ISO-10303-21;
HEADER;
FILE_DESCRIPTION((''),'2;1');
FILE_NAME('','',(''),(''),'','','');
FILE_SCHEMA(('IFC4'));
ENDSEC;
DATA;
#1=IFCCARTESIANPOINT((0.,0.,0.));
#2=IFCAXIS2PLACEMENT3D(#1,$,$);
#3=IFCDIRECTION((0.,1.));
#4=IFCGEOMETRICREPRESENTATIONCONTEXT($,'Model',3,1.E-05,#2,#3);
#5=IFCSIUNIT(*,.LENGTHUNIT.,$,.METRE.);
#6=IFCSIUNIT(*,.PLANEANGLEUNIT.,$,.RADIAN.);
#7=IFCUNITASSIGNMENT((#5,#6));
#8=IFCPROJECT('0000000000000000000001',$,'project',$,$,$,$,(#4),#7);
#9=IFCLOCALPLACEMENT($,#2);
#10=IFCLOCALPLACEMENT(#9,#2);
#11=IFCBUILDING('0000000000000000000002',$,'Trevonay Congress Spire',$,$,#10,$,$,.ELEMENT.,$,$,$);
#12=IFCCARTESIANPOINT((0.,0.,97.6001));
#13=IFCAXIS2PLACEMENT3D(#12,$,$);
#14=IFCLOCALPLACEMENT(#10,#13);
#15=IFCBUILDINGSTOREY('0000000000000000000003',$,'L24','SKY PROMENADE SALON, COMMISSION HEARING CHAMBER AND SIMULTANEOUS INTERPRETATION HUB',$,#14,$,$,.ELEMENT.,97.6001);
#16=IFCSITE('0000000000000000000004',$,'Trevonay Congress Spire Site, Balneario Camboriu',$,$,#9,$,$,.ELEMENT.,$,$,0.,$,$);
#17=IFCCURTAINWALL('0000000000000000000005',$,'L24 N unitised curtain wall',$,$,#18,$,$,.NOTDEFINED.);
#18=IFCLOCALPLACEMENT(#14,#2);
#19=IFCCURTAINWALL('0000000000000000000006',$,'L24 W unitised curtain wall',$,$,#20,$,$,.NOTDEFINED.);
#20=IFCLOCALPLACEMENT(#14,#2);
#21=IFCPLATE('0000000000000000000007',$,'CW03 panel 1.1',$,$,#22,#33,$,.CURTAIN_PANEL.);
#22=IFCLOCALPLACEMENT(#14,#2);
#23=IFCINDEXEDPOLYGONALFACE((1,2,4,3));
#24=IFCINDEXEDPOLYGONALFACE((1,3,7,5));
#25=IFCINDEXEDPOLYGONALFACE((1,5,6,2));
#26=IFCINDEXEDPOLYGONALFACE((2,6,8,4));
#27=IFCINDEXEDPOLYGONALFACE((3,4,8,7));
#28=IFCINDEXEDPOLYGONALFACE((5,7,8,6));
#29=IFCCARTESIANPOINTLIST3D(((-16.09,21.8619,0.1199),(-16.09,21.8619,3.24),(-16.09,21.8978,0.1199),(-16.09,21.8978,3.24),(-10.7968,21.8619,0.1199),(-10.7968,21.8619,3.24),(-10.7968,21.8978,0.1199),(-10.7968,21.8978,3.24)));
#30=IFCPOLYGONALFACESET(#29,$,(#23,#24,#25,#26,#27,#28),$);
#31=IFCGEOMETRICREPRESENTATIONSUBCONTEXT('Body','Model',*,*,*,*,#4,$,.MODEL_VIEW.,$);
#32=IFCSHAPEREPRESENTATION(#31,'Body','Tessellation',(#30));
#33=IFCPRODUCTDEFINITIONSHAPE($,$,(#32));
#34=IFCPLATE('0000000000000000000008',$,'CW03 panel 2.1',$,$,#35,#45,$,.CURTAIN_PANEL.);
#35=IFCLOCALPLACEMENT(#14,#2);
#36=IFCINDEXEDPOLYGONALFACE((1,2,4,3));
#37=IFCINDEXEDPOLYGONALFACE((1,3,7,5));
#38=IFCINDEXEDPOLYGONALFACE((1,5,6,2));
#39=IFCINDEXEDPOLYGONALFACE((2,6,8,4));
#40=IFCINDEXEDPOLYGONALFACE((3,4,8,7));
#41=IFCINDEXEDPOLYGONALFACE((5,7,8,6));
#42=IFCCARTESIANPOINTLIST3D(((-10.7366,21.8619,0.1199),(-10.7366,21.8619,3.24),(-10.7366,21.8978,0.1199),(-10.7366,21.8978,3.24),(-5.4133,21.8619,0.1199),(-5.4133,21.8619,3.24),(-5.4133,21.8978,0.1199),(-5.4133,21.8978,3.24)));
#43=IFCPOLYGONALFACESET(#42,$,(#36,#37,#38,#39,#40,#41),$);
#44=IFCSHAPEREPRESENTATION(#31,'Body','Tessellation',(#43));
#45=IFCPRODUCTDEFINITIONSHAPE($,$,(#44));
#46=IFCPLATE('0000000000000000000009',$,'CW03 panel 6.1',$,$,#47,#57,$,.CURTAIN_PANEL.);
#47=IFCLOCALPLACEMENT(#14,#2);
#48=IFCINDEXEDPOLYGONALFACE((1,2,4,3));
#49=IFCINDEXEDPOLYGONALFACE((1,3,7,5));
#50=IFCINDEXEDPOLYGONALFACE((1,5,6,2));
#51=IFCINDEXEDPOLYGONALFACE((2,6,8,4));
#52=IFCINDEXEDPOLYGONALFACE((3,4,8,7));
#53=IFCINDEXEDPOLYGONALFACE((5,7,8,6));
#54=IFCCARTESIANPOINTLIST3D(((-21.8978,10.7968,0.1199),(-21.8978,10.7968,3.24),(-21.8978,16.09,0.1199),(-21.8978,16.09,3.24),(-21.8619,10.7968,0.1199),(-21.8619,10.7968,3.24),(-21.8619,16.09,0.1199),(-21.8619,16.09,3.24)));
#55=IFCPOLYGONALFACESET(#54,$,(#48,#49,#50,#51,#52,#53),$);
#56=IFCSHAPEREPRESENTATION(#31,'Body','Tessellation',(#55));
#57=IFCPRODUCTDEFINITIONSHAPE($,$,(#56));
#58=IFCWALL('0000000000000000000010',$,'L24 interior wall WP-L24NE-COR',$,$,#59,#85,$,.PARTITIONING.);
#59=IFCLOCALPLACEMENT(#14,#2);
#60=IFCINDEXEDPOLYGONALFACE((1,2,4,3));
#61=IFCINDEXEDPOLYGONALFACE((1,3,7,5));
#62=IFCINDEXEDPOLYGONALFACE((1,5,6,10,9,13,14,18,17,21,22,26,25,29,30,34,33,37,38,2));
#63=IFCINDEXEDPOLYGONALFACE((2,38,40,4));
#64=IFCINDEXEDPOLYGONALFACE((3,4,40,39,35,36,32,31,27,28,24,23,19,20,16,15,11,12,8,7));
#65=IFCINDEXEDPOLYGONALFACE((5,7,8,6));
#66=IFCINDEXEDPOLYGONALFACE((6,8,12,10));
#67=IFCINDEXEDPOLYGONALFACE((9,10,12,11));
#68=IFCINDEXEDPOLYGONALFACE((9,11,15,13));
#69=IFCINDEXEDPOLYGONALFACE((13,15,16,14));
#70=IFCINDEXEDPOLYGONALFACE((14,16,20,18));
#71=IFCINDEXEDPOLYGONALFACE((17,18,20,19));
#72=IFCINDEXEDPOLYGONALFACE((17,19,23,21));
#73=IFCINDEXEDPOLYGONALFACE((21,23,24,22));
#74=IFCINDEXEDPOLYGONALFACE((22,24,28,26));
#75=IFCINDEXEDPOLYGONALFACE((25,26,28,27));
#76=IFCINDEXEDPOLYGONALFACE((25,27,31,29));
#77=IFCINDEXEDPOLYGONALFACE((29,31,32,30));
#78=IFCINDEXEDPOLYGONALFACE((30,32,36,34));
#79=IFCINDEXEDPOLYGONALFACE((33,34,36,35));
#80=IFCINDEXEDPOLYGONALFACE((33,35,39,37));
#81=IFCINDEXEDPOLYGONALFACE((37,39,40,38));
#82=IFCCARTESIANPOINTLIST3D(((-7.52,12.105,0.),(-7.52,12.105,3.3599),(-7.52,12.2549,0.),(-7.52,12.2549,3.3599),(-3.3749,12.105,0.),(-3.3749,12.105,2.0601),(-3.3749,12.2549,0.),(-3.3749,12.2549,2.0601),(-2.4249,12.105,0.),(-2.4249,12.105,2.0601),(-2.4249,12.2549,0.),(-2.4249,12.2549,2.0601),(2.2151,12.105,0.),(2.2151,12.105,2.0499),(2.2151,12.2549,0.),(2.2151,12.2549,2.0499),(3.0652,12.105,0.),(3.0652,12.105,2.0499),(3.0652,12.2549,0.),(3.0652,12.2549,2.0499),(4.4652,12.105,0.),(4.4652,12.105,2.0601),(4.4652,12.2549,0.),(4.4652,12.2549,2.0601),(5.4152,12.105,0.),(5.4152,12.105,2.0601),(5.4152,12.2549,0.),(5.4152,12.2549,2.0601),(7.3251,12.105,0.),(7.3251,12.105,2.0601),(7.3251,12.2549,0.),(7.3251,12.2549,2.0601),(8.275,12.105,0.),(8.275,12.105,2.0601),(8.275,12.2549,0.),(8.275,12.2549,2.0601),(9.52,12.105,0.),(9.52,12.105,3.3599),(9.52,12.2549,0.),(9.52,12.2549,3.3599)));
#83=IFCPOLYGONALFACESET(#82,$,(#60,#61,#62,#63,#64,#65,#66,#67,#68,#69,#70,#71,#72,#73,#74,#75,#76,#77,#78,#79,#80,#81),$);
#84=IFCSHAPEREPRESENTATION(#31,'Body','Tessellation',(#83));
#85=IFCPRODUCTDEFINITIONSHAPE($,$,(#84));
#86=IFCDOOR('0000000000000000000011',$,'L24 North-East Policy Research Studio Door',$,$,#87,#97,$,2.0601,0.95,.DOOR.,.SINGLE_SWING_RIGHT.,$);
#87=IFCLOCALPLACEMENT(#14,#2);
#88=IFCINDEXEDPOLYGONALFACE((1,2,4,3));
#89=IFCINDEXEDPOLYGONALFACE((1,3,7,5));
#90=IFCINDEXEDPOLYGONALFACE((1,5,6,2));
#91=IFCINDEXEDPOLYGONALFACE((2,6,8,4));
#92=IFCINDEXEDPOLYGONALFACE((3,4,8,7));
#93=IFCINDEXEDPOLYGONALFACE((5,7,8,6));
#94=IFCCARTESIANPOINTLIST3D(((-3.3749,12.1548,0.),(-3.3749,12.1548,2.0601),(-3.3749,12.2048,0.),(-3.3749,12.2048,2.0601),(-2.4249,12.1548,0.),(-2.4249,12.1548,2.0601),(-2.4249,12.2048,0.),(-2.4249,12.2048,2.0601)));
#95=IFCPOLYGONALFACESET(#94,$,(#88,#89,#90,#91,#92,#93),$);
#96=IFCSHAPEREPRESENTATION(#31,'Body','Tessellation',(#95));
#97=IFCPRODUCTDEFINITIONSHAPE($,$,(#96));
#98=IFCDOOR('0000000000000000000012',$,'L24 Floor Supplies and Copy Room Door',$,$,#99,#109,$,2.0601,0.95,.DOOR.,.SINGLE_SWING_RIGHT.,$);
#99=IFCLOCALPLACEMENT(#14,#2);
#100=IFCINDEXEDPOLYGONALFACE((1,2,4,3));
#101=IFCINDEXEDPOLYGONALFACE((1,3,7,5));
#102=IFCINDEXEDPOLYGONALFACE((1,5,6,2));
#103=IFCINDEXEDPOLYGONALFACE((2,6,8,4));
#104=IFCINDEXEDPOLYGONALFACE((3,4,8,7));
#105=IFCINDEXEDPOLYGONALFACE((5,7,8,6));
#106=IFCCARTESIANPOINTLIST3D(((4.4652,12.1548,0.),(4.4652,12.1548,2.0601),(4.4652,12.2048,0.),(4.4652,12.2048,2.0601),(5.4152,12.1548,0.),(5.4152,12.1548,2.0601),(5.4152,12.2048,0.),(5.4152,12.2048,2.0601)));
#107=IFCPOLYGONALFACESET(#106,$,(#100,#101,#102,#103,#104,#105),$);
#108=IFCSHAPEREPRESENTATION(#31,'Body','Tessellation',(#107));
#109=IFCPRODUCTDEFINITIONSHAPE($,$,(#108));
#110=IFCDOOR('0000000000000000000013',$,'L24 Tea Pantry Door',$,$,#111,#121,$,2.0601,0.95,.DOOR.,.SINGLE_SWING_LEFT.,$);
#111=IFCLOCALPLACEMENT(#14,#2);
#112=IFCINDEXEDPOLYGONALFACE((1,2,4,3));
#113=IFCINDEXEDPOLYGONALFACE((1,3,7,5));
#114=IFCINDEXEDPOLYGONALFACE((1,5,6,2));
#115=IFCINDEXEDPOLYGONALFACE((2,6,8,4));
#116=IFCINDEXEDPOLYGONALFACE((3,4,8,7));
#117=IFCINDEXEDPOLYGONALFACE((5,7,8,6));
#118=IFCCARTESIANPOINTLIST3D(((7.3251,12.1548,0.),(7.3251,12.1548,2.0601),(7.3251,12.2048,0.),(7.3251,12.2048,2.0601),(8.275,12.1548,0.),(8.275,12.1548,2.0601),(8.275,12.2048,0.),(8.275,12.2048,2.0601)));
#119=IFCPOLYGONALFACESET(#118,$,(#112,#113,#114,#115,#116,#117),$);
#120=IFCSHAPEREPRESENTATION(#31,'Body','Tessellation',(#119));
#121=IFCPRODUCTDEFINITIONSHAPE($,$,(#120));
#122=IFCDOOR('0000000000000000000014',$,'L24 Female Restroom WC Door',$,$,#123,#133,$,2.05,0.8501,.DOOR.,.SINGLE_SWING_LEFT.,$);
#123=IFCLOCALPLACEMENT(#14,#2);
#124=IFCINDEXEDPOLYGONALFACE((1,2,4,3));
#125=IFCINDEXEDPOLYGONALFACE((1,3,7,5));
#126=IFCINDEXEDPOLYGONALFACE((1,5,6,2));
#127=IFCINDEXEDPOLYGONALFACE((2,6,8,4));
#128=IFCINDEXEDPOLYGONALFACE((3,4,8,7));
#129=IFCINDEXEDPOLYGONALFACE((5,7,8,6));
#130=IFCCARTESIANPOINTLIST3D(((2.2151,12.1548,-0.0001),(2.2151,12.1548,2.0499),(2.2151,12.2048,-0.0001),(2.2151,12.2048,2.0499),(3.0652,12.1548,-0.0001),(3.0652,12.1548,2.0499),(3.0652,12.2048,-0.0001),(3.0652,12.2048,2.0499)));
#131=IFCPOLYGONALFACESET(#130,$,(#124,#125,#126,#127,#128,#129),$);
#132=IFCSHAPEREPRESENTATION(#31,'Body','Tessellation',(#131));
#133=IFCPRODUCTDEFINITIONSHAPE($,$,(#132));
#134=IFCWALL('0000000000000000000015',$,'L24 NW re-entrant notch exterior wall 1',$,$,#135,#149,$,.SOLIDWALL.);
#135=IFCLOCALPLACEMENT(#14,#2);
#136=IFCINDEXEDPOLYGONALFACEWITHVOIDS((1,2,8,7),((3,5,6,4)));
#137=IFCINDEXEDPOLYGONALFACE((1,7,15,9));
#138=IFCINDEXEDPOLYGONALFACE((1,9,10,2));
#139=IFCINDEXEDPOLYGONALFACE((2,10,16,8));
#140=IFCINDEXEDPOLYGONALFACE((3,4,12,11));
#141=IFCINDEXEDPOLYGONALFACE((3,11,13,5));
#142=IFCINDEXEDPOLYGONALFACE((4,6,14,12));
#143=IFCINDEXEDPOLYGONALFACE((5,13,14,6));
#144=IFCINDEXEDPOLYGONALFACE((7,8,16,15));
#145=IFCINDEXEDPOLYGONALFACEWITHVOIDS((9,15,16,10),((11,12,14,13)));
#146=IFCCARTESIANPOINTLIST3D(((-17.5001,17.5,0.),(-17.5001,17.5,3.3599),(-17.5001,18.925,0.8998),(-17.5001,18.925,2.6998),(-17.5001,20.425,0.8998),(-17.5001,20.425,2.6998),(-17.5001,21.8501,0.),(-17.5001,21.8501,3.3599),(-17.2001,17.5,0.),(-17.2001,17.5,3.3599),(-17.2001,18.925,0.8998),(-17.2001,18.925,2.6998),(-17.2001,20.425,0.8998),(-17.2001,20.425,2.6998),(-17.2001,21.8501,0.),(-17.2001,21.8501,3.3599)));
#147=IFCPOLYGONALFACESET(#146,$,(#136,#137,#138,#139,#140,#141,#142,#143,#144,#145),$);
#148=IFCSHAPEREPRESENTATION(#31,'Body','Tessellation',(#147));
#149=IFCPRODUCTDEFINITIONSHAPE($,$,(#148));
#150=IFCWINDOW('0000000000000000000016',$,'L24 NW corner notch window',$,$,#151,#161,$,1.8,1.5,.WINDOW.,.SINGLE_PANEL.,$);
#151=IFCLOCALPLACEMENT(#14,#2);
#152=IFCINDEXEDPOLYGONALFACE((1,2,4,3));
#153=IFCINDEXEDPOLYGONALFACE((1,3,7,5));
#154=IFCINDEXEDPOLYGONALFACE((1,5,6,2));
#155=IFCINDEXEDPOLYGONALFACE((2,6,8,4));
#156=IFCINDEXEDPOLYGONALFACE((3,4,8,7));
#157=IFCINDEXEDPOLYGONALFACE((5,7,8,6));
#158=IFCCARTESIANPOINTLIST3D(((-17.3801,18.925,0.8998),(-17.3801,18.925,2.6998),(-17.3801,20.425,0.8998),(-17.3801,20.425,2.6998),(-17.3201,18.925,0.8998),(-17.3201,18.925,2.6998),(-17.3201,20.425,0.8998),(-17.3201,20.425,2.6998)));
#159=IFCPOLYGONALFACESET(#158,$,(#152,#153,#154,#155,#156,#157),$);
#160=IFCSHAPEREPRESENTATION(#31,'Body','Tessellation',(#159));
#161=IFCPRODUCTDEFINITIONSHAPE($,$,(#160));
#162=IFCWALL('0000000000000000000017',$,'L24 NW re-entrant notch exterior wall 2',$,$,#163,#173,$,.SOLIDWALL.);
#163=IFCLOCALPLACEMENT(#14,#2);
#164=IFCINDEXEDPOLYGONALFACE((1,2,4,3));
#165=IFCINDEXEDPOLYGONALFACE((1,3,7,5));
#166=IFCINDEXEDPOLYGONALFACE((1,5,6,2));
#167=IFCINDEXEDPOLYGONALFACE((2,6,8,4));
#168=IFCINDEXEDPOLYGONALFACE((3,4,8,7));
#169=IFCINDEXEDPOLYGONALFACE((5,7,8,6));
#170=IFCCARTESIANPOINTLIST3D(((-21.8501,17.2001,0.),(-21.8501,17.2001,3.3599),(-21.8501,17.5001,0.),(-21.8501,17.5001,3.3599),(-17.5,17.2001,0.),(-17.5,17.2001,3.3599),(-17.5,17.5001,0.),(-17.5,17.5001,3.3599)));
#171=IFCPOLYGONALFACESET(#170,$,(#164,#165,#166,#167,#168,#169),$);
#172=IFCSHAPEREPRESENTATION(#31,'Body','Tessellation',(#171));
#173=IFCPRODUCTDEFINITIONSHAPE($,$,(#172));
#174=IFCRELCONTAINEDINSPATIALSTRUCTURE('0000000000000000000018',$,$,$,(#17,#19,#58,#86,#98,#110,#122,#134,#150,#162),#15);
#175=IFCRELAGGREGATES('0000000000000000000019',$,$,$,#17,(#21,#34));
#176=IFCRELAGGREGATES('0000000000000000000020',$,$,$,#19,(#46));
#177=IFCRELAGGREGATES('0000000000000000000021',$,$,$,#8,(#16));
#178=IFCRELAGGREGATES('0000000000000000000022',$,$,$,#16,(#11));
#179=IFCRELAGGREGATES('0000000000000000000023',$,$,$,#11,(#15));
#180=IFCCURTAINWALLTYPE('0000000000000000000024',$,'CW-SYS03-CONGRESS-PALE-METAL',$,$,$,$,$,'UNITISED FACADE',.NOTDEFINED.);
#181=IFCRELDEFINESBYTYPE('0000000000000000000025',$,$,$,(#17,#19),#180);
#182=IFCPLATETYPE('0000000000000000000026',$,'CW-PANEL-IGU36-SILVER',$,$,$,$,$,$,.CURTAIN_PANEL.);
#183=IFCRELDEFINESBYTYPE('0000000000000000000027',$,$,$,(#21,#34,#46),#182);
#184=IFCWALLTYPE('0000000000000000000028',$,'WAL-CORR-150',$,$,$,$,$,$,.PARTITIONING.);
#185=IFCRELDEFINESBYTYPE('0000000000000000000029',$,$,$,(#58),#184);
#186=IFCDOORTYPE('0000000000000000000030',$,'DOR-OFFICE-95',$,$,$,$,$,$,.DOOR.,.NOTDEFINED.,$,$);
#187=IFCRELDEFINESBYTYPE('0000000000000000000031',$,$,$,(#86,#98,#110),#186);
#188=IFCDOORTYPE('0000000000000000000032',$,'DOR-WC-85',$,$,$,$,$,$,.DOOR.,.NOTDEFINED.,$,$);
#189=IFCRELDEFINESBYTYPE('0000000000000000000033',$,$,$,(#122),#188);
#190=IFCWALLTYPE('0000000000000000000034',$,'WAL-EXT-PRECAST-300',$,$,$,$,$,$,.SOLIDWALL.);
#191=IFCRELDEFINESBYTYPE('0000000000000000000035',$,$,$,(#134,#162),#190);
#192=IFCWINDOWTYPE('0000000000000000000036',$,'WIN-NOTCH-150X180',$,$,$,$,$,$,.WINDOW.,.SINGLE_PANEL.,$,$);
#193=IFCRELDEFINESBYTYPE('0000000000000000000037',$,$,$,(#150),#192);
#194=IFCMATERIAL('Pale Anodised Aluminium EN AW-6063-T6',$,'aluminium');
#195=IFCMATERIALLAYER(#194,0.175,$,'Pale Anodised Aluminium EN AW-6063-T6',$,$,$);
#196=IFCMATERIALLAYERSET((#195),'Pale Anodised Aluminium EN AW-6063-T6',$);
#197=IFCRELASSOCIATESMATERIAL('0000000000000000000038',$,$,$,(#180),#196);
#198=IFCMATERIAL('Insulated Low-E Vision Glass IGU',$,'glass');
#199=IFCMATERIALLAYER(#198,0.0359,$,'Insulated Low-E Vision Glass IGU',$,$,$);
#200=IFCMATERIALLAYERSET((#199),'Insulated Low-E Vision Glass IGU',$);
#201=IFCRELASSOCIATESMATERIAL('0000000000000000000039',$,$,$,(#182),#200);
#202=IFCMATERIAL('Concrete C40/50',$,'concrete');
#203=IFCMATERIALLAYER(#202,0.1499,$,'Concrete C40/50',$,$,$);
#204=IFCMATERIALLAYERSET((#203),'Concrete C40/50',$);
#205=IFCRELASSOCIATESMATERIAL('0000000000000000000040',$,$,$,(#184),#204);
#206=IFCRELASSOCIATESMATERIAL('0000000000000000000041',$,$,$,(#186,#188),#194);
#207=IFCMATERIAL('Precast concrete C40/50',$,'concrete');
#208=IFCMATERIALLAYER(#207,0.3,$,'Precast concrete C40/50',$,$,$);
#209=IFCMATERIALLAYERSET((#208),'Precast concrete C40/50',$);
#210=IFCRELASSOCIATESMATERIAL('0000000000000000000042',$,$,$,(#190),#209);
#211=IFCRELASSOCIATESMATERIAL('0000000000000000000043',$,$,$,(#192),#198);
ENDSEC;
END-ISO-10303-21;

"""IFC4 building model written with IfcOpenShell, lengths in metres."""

from ifc_helpers import new_model, si_unit, direction, frame, frame_2d, origin, origin_2d, place, context, subcontext, project, spatial, rectangle, extrude, material, layer, layer_set, type_object, element, fill, aggregate, save


model = new_model("IFC4")

# Units and contexts
model_context = context("Model", 3, precision=1e-05, world=origin(), true_north=direction((0.0, 1.0)))
body_context = subcontext(model_context, "Body", "Model", "MODEL_VIEW")
ifc_project = project(units=[si_unit("LENGTHUNIT", "METRE"), si_unit("PLANEANGLEUNIT", "RADIAN")], contexts=[model_context])

# Site, building, storey
site_placement = place(None, origin())
site = spatial("IfcSite", under=ifc_project, at=site_placement, Name="Trevonay Congress Spire Site, Balneario Camboriu", CompositionType="ELEMENT", RefElevation=0.0)
building_placement = place(site_placement, origin())
building = spatial("IfcBuilding", under=site, at=building_placement, Name="Trevonay Congress Spire", CompositionType="ELEMENT")
storey_placement = place(building_placement, frame((0.0, 0.0, 97.6001)))
storey = spatial("IfcBuildingStorey", under=building, at=storey_placement, Name="L24", Description="SKY PROMENADE SALON, COMMISSION HEARING CHAMBER AND SIMULTANEOUS INTERPRETATION HUB", CompositionType="ELEMENT", Elevation=97.6001)

# Curtain wall
ifc_material_1 = material(Name="Pale Anodised Aluminium EN AW-6063-T6", Category="aluminium")
ifc_layer_1 = layer(ifc_material_1, 0.175, Name="Pale Anodised Aluminium EN AW-6063-T6")
ifc_layer_set_1 = layer_set([ifc_layer_1], Name="Pale Anodised Aluminium EN AW-6063-T6")
curtain_wall_type = type_object("IfcCurtainWallType", Name="CW-SYS03-CONGRESS-PALE-METAL", ElementType="UNITISED FACADE", PredefinedType="NOTDEFINED", material=ifc_layer_set_1)
curtain_wall_1_placement = place(storey_placement, origin())
curtain_wall_1 = element("IfcCurtainWall", 1, at=curtain_wall_1_placement, inside=storey, type_object=curtain_wall_type, Name="L24 N unitised curtain wall", PredefinedType="NOTDEFINED")

# Curtain wall
curtain_wall_2_placement = place(storey_placement, origin())
curtain_wall_2 = element("IfcCurtainWall", 2, at=curtain_wall_2_placement, inside=storey, type_object=curtain_wall_type, Name="L24 W unitised curtain wall", PredefinedType="NOTDEFINED")

# Plates
ifc_material_2 = material(Name="Insulated Low-E Vision Glass IGU", Category="glass")
ifc_layer_2 = layer(ifc_material_2, 0.0359, Name="Insulated Low-E Vision Glass IGU")
ifc_layer_set_2 = layer_set([ifc_layer_2], Name="Insulated Low-E Vision Glass IGU")
plate_type = type_object("IfcPlateType", Name="CW-PANEL-IGU36-SILVER", PredefinedType="CURTAIN_PANEL", material=ifc_layer_set_2)
plate_1_placement = place(storey_placement, frame((-13.4434, 21.8799, 0.1199), z_axis=(0.0, 0.0, 1.0), x_axis=(1.0, 0.0, 0.0)))
plate_1 = element("IfcPlate", 3, at=plate_1_placement, type_object=plate_type, Name="CW03 panel 1.1", PredefinedType="CURTAIN_PANEL", context=body_context, shape_type="SweptSolid", body=[
    extrude(rectangle(XDim=5.2932, YDim=0.0359, at=origin_2d()), origin(), (0.0, 0.0, 1.0), 3.1201),
])
plate_2_placement = place(storey_placement, frame((-8.075, 21.8799, 0.1199), z_axis=(0.0, 0.0, 1.0), x_axis=(1.0, 0.0, 0.0)))
plate_2 = element("IfcPlate", 4, at=plate_2_placement, type_object=plate_type, Name="CW03 panel 2.1", PredefinedType="CURTAIN_PANEL", context=body_context, shape_type="SweptSolid", body=[
    extrude(rectangle(XDim=5.3232, YDim=0.0359, at=origin_2d()), origin(), (0.0, 0.0, 1.0), 3.1201),
])
aggregate(curtain_wall_1, [plate_1, plate_2])
plate_3_placement = place(storey_placement, frame((-21.8799, 13.4434, 0.1199), z_axis=(0.0, 0.0, 1.0), x_axis=(0.0, 1.0, 0.0)))
plate_3 = element("IfcPlate", 5, at=plate_3_placement, type_object=plate_type, Name="CW03 panel 6.1", PredefinedType="CURTAIN_PANEL", context=body_context, shape_type="SweptSolid", body=[
    extrude(rectangle(XDim=5.2932, YDim=0.0359, at=origin_2d()), origin(), (0.0, 0.0, 1.0), 3.1201),
])
aggregate(curtain_wall_2, [plate_3])

# Wall, openings, doors
ifc_material_3 = material(Name="Concrete C40/50", Category="concrete")
ifc_layer_3 = layer(ifc_material_3, 0.1499, Name="Concrete C40/50")
ifc_layer_set_3 = layer_set([ifc_layer_3], Name="Concrete C40/50")
wall_type_1 = type_object("IfcWallType", Name="WAL-CORR-150", PredefinedType="PARTITIONING", material=ifc_layer_set_3)
wall_1_placement = place(storey_placement, frame((-7.52, 12.1799, 0.0), z_axis=(0.0, 0.0, 1.0), x_axis=(1.0, 0.0, 0.0)))
wall_1 = element("IfcWall", 6, at=wall_1_placement, inside=storey, type_object=wall_type_1, Name="L24 interior wall WP-L24NE-COR", PredefinedType="PARTITIONING", context=body_context, shape_type="SweptSolid", body=[
    extrude(rectangle(XDim=17.04, YDim=0.1499, at=frame_2d((8.52, 0.0))), origin(), (0.0, 0.0, 1.0), 3.3599),
])
opening_1_placement = place(wall_1_placement, frame((4.145, 0.0, 0.0)))
opening_1 = element("IfcOpeningElement", 7, at=opening_1_placement, cuts=wall_1, PredefinedType="OPENING", context=body_context, shape_type="SweptSolid", body=[
    extrude(rectangle(XDim=0.95, YDim=2.0601, at=frame_2d((0.4751, 1.03))), frame((0.0, 0.085, 0.0), z_axis=(0.0, -1.0, 0.0), x_axis=(1.0, 0.0, 0.0)), (0.0, 0.0, 1.0), 0.1699),
])
opening_2_placement = place(wall_1_placement, frame((9.7351, 0.0, 0.0)))
opening_2 = element("IfcOpeningElement", 8, at=opening_2_placement, cuts=wall_1, PredefinedType="OPENING", context=body_context, shape_type="SweptSolid", body=[
    extrude(rectangle(XDim=0.8501, YDim=2.05, at=frame_2d((0.425, 1.0249))), frame((0.0, 0.085, 0.0), z_axis=(0.0, -1.0, 0.0), x_axis=(1.0, 0.0, 0.0)), (0.0, 0.0, 1.0), 0.1699),
])
opening_3_placement = place(wall_1_placement, frame((11.9851, 0.0, 0.0)))
opening_3 = element("IfcOpeningElement", 9, at=opening_3_placement, cuts=wall_1, PredefinedType="OPENING", context=body_context, shape_type="SweptSolid", body=[
    extrude(rectangle(XDim=0.95, YDim=2.0601, at=frame_2d((0.4751, 1.03))), frame((0.0, 0.085, 0.0), z_axis=(0.0, -1.0, 0.0), x_axis=(1.0, 0.0, 0.0)), (0.0, 0.0, 1.0), 0.1699),
])
opening_4_placement = place(wall_1_placement, frame((14.845, 0.0, 0.0)))
opening_4 = element("IfcOpeningElement", 10, at=opening_4_placement, cuts=wall_1, PredefinedType="OPENING", context=body_context, shape_type="SweptSolid", body=[
    extrude(rectangle(XDim=0.95, YDim=2.0601, at=frame_2d((0.4751, 1.03))), frame((0.0, 0.085, 0.0), z_axis=(0.0, -1.0, 0.0), x_axis=(1.0, 0.0, 0.0)), (0.0, 0.0, 1.0), 0.1699),
])
door_type_1 = type_object("IfcDoorType", Name="DOR-OFFICE-95", OperationType="NOTDEFINED", PredefinedType="DOOR", material=ifc_material_1)
door_1_placement = place(opening_1_placement, origin())
door_1 = element("IfcDoor", 11, at=door_1_placement, inside=storey, type_object=door_type_1, Name="L24 North-East Policy Research Studio Door", OperationType="SINGLE_SWING_RIGHT", OverallHeight=2.0601, OverallWidth=0.95, PredefinedType="DOOR", context=body_context, shape_type="SweptSolid", body=[
    extrude(rectangle(XDim=0.95, YDim=2.0601, at=frame_2d((0.4751, 1.03))), frame((0.0, 0.0249, 0.0), z_axis=(0.0, -1.0, 0.0), x_axis=(1.0, 0.0, 0.0)), (0.0, 0.0, 1.0), 0.05),
])
fill(opening_1, door_1)
door_2_placement = place(opening_3_placement, origin())
door_2 = element("IfcDoor", 12, at=door_2_placement, inside=storey, type_object=door_type_1, Name="L24 Floor Supplies and Copy Room Door", OperationType="SINGLE_SWING_RIGHT", OverallHeight=2.0601, OverallWidth=0.95, PredefinedType="DOOR", context=body_context, shape_type="SweptSolid", body=[
    extrude(rectangle(XDim=0.95, YDim=2.0601, at=frame_2d((0.4751, 1.03))), frame((0.0, 0.0249, 0.0), z_axis=(0.0, -1.0, 0.0), x_axis=(1.0, 0.0, 0.0)), (0.0, 0.0, 1.0), 0.05),
])
fill(opening_3, door_2)
door_3_placement = place(opening_4_placement, origin())
door_3 = element("IfcDoor", 13, at=door_3_placement, inside=storey, type_object=door_type_1, Name="L24 Tea Pantry Door", OperationType="SINGLE_SWING_LEFT", OverallHeight=2.0601, OverallWidth=0.95, PredefinedType="DOOR", context=body_context, shape_type="SweptSolid", body=[
    extrude(rectangle(XDim=0.95, YDim=2.0601, at=frame_2d((0.4751, 1.03))), frame((0.0, 0.0249, 0.0), z_axis=(0.0, -1.0, 0.0), x_axis=(1.0, 0.0, 0.0)), (0.0, 0.0, 1.0), 0.05),
])
fill(opening_4, door_3)
door_type_2 = type_object("IfcDoorType", Name="DOR-WC-85", OperationType="NOTDEFINED", PredefinedType="DOOR", material=ifc_material_1)
door_4_placement = place(opening_2_placement, origin())
door_4 = element("IfcDoor", 14, at=door_4_placement, inside=storey, type_object=door_type_2, Name="L24 Female Restroom WC Door", OperationType="SINGLE_SWING_LEFT", OverallHeight=2.05, OverallWidth=0.8501, PredefinedType="DOOR", context=body_context, shape_type="SweptSolid", body=[
    extrude(rectangle(XDim=0.8501, YDim=2.05, at=frame_2d((0.425, 1.0249))), frame((0.0, 0.0249, 0.0), z_axis=(0.0, -1.0, 0.0), x_axis=(1.0, 0.0, 0.0)), (0.0, 0.0, 1.0), 0.05),
])
fill(opening_2, door_4)

# Wall, opening, window
ifc_material_4 = material(Name="Precast concrete C40/50", Category="concrete")
ifc_layer_4 = layer(ifc_material_4, 0.3, Name="Precast concrete C40/50")
ifc_layer_set_4 = layer_set([ifc_layer_4], Name="Precast concrete C40/50")
wall_type_2 = type_object("IfcWallType", Name="WAL-EXT-PRECAST-300", PredefinedType="SOLIDWALL", material=ifc_layer_set_4)
wall_2_placement = place(storey_placement, frame((-17.3501, 21.8501, 0.0), z_axis=(0.0, 0.0, 1.0), x_axis=(0.0, -1.0, 0.0)))
wall_2 = element("IfcWall", 15, at=wall_2_placement, inside=storey, type_object=wall_type_2, Name="L24 NW re-entrant notch exterior wall 1", PredefinedType="SOLIDWALL", context=body_context, shape_type="SweptSolid", body=[
    extrude(rectangle(XDim=4.3501, YDim=0.3, at=frame_2d((2.175, 0.0))), origin(), (0.0, 0.0, 1.0), 3.3599),
])
opening_5_placement = place(wall_2_placement, frame((1.425, 0.0, 0.8999)))
opening_5 = element("IfcOpeningElement", 16, at=opening_5_placement, cuts=wall_2, PredefinedType="OPENING", context=body_context, shape_type="SweptSolid", body=[
    extrude(rectangle(XDim=1.5, YDim=1.8, at=frame_2d((0.75, 0.8999))), frame((0.0, 0.1602, 0.0), z_axis=(0.0, -1.0, 0.0), x_axis=(1.0, 0.0, 0.0)), (0.0, 0.0, 1.0), 0.3201),
])
window_type = type_object("IfcWindowType", Name="WIN-NOTCH-150X180", PartitioningType="SINGLE_PANEL", PredefinedType="WINDOW", material=ifc_material_2)
window_placement = place(opening_5_placement, origin())
window = element("IfcWindow", 17, at=window_placement, inside=storey, type_object=window_type, Name="L24 NW corner notch window", OverallHeight=1.8, OverallWidth=1.5, PartitioningType="SINGLE_PANEL", PredefinedType="WINDOW", context=body_context, shape_type="SweptSolid", body=[
    extrude(rectangle(XDim=1.5, YDim=1.8, at=frame_2d((0.75, 0.8999))), frame((0.0, 0.03, 0.0), z_axis=(0.0, -1.0, 0.0), x_axis=(1.0, 0.0, 0.0)), (0.0, 0.0, 1.0), 0.0601),
])
fill(opening_5, window)

# Wall
wall_3_placement = place(storey_placement, frame((-21.8501, 17.3501, 0.0), z_axis=(0.0, 0.0, 1.0), x_axis=(1.0, 0.0, 0.0)))
element("IfcWall", 18, at=wall_3_placement, inside=storey, type_object=wall_type_2, Name="L24 NW re-entrant notch exterior wall 2", PredefinedType="SOLIDWALL", context=body_context, shape_type="SweptSolid", body=[
    extrude(rectangle(XDim=4.3501, YDim=0.3, at=frame_2d((2.175, 0.0))), origin(), (0.0, 0.0, 1.0), 3.3599),
])

save(model, "model.ifc")
